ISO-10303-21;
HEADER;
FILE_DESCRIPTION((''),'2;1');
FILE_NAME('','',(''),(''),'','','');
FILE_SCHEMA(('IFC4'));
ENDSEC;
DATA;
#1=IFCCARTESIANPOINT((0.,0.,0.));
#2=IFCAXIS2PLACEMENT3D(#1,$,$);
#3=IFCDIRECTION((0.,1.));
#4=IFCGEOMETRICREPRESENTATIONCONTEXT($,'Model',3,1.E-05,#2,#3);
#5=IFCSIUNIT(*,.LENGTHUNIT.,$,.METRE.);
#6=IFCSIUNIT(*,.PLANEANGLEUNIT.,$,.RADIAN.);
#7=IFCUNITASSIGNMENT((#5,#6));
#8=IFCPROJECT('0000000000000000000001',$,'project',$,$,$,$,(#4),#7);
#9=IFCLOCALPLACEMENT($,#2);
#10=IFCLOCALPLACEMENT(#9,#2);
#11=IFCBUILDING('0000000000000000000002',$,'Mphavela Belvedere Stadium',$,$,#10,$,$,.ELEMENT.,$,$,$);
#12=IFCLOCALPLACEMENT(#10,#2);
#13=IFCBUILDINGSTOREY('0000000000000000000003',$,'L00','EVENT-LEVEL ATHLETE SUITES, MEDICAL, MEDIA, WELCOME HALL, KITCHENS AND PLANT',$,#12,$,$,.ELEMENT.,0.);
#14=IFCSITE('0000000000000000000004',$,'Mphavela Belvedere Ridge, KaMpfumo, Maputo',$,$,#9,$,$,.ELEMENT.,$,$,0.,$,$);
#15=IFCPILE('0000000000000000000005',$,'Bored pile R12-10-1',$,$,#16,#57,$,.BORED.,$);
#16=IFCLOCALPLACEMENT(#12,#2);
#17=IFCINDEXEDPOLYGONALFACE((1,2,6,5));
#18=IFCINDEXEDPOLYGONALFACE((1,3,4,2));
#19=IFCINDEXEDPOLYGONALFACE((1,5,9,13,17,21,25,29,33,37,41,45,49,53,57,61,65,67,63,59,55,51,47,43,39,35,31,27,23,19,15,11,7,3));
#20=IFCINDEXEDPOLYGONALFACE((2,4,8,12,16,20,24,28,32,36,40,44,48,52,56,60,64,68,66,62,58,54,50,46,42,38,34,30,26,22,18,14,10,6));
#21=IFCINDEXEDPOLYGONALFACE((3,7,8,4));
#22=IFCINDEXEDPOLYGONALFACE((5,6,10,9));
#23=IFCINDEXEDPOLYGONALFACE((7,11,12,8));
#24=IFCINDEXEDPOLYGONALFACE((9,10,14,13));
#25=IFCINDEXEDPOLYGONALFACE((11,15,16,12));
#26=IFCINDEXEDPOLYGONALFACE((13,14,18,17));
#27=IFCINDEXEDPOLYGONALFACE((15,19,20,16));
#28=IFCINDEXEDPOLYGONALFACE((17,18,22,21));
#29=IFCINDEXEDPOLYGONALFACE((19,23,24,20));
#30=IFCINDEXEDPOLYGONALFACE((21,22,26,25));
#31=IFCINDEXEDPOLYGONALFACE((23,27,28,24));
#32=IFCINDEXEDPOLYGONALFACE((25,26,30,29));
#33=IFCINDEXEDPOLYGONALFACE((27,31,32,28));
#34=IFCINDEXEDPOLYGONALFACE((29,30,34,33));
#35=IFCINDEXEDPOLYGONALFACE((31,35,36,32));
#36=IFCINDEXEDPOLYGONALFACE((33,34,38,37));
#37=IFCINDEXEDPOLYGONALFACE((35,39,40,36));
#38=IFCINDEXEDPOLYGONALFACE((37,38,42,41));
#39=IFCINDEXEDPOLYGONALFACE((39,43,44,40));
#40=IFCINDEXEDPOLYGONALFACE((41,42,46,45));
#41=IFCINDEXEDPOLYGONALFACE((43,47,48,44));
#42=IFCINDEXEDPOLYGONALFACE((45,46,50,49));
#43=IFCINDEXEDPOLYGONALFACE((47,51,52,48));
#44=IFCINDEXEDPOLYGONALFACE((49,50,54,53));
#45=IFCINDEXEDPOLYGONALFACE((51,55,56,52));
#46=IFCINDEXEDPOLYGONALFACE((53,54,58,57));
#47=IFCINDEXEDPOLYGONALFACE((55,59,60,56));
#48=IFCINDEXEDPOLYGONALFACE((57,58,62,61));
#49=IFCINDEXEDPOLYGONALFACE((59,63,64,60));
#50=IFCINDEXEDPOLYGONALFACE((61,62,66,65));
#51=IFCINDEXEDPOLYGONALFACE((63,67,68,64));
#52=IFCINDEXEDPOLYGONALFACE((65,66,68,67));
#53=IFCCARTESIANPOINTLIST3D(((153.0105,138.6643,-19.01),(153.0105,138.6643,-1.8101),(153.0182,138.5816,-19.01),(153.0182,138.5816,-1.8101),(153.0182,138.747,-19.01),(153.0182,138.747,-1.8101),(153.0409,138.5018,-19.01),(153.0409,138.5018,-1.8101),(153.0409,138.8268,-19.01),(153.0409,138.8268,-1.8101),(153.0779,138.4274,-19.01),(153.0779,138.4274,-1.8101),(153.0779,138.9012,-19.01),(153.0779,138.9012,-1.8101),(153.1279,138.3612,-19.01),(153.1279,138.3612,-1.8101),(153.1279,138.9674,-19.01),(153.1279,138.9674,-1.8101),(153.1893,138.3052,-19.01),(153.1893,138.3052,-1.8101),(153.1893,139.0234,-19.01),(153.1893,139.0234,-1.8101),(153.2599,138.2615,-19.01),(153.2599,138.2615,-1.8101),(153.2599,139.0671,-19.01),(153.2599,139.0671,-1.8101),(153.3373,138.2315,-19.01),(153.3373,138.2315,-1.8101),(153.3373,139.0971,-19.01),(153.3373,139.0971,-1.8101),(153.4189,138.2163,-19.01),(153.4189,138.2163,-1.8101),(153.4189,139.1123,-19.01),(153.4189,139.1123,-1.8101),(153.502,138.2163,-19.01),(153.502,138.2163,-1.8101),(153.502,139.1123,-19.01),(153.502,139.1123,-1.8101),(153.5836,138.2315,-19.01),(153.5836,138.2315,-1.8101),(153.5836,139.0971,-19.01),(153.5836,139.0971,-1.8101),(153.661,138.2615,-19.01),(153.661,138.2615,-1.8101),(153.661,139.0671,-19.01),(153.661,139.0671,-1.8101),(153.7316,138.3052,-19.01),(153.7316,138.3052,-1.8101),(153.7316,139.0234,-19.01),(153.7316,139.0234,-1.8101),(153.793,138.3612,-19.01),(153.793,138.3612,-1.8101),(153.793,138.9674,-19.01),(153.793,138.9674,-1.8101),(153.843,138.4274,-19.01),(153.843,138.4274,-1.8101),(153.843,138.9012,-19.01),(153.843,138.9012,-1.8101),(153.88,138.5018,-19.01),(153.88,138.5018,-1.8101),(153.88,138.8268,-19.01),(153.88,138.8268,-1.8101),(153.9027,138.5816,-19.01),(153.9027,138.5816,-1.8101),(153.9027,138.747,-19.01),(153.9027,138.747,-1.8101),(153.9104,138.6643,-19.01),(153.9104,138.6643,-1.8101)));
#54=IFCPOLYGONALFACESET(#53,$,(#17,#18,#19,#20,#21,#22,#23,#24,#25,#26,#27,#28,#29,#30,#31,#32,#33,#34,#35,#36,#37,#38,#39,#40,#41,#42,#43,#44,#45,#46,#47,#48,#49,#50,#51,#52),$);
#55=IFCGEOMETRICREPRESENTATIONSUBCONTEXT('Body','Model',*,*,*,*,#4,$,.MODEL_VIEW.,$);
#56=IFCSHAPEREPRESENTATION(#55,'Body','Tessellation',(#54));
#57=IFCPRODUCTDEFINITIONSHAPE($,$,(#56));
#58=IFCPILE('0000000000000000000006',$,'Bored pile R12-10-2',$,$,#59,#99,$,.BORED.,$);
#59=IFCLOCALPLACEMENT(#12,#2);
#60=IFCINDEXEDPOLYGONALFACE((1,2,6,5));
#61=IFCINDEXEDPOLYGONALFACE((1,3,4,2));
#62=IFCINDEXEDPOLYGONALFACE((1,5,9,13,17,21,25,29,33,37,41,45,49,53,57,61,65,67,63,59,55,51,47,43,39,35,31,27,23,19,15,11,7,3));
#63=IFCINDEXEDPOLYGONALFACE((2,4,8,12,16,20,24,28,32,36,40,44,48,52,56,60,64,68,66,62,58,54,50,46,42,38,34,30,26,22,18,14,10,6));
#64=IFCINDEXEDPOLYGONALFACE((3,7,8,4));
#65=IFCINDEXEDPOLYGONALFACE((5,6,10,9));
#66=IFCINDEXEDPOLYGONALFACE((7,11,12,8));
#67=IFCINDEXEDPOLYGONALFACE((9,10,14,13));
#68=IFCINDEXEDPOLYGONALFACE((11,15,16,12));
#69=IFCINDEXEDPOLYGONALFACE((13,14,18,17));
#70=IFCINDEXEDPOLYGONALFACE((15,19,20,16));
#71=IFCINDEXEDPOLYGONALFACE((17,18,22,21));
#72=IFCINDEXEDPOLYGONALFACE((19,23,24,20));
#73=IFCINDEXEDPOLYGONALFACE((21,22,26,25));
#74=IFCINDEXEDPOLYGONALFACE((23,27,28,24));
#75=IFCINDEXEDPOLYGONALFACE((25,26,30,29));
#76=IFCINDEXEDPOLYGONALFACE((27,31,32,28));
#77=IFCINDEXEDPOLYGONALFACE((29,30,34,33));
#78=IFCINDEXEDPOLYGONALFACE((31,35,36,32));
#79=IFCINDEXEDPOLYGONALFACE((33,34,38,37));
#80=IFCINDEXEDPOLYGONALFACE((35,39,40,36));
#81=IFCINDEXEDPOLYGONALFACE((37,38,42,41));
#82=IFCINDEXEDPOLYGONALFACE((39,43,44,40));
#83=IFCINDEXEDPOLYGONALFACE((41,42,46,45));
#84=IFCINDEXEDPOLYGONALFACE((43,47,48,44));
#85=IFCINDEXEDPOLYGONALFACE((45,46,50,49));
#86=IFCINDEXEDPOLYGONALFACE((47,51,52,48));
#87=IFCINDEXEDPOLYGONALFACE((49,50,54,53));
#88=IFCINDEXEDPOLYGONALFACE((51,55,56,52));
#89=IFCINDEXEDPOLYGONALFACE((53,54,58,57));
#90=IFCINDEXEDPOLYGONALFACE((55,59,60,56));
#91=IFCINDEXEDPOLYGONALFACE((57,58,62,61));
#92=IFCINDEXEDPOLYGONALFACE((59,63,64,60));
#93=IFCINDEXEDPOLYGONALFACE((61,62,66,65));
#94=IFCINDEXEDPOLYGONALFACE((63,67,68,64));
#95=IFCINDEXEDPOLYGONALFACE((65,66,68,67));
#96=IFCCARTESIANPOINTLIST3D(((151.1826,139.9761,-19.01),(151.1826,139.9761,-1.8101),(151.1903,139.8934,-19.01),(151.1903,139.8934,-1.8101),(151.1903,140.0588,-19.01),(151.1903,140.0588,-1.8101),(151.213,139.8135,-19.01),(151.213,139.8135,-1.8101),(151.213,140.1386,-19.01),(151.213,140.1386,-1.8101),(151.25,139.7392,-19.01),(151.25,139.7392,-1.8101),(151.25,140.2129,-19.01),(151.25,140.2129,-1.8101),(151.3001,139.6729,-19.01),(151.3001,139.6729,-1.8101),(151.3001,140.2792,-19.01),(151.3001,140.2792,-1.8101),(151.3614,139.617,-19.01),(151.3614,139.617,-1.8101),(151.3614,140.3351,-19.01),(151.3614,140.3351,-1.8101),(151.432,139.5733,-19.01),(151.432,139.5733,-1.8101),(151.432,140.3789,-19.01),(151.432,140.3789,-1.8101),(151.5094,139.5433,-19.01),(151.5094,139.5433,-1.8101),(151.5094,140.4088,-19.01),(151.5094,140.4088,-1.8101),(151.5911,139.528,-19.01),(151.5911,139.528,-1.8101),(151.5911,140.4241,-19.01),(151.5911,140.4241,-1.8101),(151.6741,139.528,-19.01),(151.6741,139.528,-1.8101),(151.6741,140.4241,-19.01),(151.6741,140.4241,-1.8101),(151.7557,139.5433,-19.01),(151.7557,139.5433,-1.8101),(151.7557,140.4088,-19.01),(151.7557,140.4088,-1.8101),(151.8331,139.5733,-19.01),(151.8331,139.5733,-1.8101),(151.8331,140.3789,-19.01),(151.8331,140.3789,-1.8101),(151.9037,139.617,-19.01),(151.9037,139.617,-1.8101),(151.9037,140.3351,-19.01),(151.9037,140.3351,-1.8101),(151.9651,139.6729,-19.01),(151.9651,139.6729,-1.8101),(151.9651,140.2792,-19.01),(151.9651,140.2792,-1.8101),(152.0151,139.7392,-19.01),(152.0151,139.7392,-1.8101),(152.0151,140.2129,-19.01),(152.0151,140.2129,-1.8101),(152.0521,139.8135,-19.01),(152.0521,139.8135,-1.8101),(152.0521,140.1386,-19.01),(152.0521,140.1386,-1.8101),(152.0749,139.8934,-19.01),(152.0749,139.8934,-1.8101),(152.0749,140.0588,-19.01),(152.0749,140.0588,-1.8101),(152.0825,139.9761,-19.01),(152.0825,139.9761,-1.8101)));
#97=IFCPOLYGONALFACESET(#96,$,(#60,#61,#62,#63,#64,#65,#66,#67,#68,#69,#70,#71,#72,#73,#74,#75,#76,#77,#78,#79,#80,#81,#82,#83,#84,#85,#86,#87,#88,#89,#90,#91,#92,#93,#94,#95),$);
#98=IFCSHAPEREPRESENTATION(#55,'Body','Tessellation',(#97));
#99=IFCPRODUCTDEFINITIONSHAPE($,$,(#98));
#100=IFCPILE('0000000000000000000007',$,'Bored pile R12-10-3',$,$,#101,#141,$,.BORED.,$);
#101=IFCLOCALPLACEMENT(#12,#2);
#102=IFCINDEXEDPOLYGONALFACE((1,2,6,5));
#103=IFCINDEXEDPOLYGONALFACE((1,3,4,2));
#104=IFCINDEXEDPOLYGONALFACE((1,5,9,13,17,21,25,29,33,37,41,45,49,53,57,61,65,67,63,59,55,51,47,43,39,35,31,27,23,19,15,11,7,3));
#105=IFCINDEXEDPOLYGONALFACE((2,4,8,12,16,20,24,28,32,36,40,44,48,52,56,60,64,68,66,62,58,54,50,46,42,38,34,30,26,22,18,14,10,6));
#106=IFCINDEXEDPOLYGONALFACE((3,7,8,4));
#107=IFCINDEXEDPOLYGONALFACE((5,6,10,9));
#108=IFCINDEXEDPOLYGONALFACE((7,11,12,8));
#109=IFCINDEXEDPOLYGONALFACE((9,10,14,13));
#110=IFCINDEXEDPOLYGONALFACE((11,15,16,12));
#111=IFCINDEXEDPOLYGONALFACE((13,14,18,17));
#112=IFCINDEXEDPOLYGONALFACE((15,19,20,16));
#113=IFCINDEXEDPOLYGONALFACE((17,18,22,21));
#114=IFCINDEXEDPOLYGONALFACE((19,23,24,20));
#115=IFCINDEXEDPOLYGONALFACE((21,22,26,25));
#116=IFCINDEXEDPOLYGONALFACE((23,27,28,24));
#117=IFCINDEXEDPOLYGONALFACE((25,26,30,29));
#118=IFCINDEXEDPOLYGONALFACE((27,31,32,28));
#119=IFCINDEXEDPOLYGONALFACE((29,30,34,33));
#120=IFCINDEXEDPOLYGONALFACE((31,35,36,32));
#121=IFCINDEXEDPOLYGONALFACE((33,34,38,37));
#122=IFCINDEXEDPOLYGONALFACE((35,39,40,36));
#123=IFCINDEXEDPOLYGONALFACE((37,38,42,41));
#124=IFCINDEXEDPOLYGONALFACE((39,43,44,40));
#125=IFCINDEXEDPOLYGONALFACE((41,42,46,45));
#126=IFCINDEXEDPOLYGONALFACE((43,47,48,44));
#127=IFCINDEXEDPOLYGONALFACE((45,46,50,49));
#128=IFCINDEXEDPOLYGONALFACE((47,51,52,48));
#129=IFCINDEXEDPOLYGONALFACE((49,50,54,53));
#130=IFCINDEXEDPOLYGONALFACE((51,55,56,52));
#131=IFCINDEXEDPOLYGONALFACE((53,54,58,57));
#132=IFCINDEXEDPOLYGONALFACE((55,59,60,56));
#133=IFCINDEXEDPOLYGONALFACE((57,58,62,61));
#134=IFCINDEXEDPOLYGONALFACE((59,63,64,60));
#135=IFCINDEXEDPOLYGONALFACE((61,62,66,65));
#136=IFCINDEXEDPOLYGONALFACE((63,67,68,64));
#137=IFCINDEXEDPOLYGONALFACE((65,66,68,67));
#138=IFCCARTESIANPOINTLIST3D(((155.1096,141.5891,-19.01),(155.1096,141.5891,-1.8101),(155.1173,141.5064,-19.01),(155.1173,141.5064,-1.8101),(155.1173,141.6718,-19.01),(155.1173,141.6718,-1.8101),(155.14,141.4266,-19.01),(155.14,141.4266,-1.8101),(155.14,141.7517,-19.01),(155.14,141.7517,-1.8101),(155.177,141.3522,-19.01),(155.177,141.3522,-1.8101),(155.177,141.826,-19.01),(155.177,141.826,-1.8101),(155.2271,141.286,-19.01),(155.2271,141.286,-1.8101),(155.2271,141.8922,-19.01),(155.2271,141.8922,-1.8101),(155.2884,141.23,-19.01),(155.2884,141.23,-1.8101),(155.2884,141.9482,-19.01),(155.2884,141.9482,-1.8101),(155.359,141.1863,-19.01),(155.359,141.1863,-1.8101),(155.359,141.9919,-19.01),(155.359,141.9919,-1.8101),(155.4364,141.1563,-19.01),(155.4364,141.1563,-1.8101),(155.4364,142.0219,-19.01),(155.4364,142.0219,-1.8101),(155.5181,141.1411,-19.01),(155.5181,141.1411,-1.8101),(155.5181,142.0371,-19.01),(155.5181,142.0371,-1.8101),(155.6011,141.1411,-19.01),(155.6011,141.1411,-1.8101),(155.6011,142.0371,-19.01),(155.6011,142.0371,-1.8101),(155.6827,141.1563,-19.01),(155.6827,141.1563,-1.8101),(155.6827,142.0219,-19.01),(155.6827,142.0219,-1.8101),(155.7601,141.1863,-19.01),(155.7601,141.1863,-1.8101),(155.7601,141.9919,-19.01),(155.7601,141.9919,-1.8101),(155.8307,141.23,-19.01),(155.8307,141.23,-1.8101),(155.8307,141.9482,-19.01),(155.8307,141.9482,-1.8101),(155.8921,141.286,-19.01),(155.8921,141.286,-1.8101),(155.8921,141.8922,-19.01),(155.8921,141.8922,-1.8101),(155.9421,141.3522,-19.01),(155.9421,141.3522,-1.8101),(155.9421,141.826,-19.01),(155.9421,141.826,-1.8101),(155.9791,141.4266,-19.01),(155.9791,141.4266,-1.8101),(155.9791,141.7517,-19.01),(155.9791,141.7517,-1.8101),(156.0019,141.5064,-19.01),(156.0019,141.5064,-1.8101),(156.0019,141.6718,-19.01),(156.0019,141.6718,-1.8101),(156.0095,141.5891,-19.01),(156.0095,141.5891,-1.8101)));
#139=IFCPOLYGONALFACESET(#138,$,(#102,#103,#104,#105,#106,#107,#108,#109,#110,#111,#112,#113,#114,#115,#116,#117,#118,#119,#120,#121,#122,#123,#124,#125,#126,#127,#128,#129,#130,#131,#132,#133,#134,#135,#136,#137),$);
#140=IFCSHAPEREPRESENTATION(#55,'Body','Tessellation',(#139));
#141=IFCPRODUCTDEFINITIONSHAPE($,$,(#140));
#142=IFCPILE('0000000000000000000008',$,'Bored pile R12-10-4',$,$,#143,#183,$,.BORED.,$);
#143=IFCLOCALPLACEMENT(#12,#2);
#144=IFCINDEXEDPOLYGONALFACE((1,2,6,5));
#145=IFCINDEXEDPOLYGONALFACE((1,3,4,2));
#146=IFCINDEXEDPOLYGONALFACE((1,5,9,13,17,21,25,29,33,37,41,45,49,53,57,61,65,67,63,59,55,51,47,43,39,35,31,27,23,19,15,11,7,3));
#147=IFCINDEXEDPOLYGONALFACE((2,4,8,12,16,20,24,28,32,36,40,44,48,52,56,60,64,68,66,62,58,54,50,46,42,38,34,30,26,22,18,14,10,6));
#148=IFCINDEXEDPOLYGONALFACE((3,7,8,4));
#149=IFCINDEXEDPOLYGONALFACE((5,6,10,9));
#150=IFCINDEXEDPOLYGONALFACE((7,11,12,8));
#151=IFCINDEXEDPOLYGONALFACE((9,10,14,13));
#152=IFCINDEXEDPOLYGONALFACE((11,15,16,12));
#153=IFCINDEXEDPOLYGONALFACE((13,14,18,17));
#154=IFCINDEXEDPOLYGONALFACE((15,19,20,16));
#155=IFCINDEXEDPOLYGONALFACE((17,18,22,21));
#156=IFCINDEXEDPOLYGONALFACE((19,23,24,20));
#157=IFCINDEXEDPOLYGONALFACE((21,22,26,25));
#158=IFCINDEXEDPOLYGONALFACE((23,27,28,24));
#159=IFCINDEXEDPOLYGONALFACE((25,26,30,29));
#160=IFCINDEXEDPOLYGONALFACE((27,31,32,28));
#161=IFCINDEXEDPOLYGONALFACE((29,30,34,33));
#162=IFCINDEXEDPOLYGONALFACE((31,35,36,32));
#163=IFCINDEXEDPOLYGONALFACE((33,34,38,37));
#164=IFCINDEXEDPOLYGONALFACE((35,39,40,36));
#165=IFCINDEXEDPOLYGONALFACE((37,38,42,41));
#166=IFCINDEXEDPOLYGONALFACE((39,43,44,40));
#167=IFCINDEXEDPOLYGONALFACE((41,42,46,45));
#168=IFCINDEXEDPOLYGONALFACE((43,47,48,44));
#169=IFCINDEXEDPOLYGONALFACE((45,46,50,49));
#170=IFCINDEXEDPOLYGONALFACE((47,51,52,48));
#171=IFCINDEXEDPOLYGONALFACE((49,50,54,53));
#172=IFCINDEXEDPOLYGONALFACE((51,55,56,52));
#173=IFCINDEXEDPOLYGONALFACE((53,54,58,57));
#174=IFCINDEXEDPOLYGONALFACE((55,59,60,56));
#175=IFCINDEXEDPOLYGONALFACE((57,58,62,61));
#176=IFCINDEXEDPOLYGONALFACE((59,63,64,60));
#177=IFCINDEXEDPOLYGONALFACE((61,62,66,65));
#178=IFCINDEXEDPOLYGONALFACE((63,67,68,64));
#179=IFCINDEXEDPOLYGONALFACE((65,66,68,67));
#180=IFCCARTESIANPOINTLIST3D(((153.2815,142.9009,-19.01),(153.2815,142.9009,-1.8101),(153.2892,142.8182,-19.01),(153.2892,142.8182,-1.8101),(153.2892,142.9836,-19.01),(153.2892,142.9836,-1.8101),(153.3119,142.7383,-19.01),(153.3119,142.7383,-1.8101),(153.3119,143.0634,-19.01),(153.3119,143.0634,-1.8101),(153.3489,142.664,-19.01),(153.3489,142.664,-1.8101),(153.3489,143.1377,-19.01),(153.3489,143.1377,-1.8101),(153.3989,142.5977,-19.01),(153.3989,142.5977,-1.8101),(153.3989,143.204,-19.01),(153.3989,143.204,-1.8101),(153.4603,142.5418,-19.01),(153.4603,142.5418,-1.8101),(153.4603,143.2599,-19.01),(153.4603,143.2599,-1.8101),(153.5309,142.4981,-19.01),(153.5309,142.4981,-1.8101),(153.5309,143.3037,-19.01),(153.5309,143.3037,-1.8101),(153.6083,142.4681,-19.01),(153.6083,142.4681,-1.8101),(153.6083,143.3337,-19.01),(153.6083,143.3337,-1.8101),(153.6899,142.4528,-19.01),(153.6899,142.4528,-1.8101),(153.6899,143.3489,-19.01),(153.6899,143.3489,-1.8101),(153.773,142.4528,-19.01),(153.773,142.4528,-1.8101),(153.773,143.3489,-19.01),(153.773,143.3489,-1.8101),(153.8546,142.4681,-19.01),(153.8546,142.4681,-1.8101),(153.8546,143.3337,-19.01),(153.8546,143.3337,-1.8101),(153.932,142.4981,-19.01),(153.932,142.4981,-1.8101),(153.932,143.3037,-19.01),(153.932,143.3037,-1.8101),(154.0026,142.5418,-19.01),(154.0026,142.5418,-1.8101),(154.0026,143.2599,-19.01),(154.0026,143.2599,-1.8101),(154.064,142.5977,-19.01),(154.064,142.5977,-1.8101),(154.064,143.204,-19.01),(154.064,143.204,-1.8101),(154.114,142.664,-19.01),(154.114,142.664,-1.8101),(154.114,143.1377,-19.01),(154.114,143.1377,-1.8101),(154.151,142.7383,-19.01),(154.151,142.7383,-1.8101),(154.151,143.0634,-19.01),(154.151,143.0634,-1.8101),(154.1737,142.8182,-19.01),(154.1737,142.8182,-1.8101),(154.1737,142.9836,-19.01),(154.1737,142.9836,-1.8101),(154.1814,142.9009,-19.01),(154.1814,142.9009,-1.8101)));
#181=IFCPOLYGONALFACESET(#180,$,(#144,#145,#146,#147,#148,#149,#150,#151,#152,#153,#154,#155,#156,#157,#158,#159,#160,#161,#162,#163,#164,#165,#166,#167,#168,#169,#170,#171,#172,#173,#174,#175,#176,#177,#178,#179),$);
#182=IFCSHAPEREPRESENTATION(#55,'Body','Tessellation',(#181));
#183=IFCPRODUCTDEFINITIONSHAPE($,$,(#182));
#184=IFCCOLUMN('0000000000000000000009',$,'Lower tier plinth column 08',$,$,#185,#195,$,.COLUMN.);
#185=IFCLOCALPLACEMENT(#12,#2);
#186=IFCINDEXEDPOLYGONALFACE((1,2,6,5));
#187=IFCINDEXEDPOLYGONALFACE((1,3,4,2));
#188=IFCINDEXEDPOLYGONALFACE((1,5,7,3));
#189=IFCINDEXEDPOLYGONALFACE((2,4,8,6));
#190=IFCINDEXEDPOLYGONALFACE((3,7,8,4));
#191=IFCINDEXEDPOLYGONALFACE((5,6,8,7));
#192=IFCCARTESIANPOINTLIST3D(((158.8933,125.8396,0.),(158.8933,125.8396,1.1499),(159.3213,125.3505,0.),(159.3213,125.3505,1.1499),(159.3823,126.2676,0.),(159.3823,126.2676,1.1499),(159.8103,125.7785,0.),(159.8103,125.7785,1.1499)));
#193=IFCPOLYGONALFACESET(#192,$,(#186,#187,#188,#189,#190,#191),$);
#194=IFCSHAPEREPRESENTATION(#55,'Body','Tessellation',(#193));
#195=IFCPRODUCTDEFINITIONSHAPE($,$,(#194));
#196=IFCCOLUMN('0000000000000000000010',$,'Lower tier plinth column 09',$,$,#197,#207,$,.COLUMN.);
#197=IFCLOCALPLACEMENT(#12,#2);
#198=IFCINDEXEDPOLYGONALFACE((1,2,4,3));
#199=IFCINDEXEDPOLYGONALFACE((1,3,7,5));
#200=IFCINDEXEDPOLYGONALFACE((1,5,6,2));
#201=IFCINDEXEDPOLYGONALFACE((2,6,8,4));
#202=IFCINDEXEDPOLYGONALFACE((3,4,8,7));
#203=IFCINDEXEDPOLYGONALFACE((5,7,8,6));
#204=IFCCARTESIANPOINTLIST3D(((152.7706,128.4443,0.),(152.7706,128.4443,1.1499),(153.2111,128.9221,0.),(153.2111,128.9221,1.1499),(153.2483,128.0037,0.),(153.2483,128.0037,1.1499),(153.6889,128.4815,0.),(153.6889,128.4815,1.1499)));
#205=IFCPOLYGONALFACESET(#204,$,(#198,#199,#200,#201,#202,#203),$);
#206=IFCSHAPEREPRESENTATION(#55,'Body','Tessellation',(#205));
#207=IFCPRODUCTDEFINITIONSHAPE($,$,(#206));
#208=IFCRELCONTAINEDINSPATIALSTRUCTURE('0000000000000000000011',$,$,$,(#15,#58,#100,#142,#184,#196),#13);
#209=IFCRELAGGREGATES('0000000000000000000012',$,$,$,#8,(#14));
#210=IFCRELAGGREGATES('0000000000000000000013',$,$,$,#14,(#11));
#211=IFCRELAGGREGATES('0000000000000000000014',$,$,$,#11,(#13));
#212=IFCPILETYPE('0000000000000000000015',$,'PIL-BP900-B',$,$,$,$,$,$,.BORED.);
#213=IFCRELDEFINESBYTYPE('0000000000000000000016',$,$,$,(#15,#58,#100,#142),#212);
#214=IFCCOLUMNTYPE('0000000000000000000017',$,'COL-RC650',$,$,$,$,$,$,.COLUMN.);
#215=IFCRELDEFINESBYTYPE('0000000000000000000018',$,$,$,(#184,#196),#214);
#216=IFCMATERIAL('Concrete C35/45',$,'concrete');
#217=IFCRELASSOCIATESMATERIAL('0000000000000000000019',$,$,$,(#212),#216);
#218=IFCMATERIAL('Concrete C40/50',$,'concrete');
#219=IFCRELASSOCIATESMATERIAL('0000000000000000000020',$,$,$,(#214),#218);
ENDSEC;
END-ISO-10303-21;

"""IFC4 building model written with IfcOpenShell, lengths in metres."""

from ifc_helpers import new_model, si_unit, direction, frame, origin, origin_2d, place, context, subcontext, project, spatial, rectangle, circle, extrude, material, material_profile, profile_set, type_object, element, save


model = new_model("IFC4")

# Units and contexts
model_context = context("Model", 3, precision=1e-05, world=origin(), true_north=direction((0.0, 1.0)))
body_context = subcontext(model_context, "Body", "Model", "MODEL_VIEW")
ifc_project = project(units=[si_unit("LENGTHUNIT", "METRE"), si_unit("PLANEANGLEUNIT", "RADIAN")], contexts=[model_context])

# Site, building, storey
site_placement = place(None, origin())
site = spatial("IfcSite", under=ifc_project, at=site_placement, Name="Mphavela Belvedere Ridge, KaMpfumo, Maputo", CompositionType="ELEMENT", RefElevation=0.0)
building_placement = place(site_placement, origin())
building = spatial("IfcBuilding", under=site, at=building_placement, Name="Mphavela Belvedere Stadium", CompositionType="ELEMENT")
storey_placement = place(building_placement, origin())
storey = spatial("IfcBuildingStorey", under=building, at=storey_placement, Name="L00", Description="EVENT-LEVEL ATHLETE SUITES, MEDICAL, MEDIA, WELCOME HALL, KITCHENS AND PLANT", CompositionType="ELEMENT", Elevation=0.0)

# Piles
ifc_material_1 = material(Name="Concrete C35/45", Category="concrete")
ifc_material_profile_1 = material_profile(ifc_material_1, circle(Radius=0.45, at=origin_2d()), Name="BP D900")
ifc_profile_set_1 = profile_set([ifc_material_profile_1], Name="Concrete C35/45")
pile_type_1 = type_object("IfcPileType", Name="PIL-BP900-B", PredefinedType="BORED", material=ifc_profile_set_1)
for number, where, z_axis, x_axis, name in (
    (1, (153.4604, 138.6643, -1.8101), (0.0, 0.0, -1.0), (1.0, 0.0, 0.0), "Bored pile R12-10-1"),
    (2, (151.6326, 139.9761, -1.8101), (0.0, 0.0, -1.0), (1.0, 0.0, 0.0), "Bored pile R12-10-2"),
    (3, (155.5596, 141.5891, -1.8101), (0.0, 0.0, -1.0), (1.0, 0.0, 0.0), "Bored pile R12-10-3"),
    (4, (153.7314, 142.9009, -1.8101), (0.0, 0.0, -1.0), (1.0, 0.0, 0.0), "Bored pile R12-10-4"),
):
    element("IfcPile", number, at=place(storey_placement, frame(where, z_axis=z_axis, x_axis=x_axis)), inside=storey, type_object=pile_type_1, Name=name, PredefinedType="BORED", context=body_context, shape_type="SweptSolid", body=[
        extrude(circle(Radius=0.45, at=origin_2d()), origin(), (0.0, 0.0, 1.0), 17.2),
    ])

# Columns
ifc_material_2 = material(Name="Concrete C40/50", Category="concrete")
ifc_material_profile_2 = material_profile(ifc_material_2, rectangle(XDim=0.6499, YDim=0.6499, at=origin_2d()), Name="RC 650x650")
ifc_profile_set_2 = profile_set([ifc_material_profile_2], Name="Concrete C40/50")
column_type_1 = type_object("IfcColumnType", Name="COL-RC650", PredefinedType="COLUMN", material=ifc_profile_set_2)
for number, where, z_axis, x_axis, name in (
    (5, (159.3518, 125.8091, 0.0), (0.0, 0.0, 1.0), (0.75253, 0.658558, 0.0), "Lower tier plinth column 08"),
    (6, (153.2297, 128.4629, 0.0), (0.0, 0.0, 1.0), (0.677903, 0.735151, 0.0), "Lower tier plinth column 09"),
):
    element("IfcColumn", number, at=place(storey_placement, frame(where, z_axis=z_axis, x_axis=x_axis)), inside=storey, type_object=column_type_1, Name=name, PredefinedType="COLUMN", context=body_context, shape_type="SweptSolid", body=[
        extrude(rectangle(XDim=0.6499, YDim=0.6499, at=origin_2d()), origin(), (0.0, 0.0, 1.0), 1.1499),
    ])

save(model, "model.ifc")
